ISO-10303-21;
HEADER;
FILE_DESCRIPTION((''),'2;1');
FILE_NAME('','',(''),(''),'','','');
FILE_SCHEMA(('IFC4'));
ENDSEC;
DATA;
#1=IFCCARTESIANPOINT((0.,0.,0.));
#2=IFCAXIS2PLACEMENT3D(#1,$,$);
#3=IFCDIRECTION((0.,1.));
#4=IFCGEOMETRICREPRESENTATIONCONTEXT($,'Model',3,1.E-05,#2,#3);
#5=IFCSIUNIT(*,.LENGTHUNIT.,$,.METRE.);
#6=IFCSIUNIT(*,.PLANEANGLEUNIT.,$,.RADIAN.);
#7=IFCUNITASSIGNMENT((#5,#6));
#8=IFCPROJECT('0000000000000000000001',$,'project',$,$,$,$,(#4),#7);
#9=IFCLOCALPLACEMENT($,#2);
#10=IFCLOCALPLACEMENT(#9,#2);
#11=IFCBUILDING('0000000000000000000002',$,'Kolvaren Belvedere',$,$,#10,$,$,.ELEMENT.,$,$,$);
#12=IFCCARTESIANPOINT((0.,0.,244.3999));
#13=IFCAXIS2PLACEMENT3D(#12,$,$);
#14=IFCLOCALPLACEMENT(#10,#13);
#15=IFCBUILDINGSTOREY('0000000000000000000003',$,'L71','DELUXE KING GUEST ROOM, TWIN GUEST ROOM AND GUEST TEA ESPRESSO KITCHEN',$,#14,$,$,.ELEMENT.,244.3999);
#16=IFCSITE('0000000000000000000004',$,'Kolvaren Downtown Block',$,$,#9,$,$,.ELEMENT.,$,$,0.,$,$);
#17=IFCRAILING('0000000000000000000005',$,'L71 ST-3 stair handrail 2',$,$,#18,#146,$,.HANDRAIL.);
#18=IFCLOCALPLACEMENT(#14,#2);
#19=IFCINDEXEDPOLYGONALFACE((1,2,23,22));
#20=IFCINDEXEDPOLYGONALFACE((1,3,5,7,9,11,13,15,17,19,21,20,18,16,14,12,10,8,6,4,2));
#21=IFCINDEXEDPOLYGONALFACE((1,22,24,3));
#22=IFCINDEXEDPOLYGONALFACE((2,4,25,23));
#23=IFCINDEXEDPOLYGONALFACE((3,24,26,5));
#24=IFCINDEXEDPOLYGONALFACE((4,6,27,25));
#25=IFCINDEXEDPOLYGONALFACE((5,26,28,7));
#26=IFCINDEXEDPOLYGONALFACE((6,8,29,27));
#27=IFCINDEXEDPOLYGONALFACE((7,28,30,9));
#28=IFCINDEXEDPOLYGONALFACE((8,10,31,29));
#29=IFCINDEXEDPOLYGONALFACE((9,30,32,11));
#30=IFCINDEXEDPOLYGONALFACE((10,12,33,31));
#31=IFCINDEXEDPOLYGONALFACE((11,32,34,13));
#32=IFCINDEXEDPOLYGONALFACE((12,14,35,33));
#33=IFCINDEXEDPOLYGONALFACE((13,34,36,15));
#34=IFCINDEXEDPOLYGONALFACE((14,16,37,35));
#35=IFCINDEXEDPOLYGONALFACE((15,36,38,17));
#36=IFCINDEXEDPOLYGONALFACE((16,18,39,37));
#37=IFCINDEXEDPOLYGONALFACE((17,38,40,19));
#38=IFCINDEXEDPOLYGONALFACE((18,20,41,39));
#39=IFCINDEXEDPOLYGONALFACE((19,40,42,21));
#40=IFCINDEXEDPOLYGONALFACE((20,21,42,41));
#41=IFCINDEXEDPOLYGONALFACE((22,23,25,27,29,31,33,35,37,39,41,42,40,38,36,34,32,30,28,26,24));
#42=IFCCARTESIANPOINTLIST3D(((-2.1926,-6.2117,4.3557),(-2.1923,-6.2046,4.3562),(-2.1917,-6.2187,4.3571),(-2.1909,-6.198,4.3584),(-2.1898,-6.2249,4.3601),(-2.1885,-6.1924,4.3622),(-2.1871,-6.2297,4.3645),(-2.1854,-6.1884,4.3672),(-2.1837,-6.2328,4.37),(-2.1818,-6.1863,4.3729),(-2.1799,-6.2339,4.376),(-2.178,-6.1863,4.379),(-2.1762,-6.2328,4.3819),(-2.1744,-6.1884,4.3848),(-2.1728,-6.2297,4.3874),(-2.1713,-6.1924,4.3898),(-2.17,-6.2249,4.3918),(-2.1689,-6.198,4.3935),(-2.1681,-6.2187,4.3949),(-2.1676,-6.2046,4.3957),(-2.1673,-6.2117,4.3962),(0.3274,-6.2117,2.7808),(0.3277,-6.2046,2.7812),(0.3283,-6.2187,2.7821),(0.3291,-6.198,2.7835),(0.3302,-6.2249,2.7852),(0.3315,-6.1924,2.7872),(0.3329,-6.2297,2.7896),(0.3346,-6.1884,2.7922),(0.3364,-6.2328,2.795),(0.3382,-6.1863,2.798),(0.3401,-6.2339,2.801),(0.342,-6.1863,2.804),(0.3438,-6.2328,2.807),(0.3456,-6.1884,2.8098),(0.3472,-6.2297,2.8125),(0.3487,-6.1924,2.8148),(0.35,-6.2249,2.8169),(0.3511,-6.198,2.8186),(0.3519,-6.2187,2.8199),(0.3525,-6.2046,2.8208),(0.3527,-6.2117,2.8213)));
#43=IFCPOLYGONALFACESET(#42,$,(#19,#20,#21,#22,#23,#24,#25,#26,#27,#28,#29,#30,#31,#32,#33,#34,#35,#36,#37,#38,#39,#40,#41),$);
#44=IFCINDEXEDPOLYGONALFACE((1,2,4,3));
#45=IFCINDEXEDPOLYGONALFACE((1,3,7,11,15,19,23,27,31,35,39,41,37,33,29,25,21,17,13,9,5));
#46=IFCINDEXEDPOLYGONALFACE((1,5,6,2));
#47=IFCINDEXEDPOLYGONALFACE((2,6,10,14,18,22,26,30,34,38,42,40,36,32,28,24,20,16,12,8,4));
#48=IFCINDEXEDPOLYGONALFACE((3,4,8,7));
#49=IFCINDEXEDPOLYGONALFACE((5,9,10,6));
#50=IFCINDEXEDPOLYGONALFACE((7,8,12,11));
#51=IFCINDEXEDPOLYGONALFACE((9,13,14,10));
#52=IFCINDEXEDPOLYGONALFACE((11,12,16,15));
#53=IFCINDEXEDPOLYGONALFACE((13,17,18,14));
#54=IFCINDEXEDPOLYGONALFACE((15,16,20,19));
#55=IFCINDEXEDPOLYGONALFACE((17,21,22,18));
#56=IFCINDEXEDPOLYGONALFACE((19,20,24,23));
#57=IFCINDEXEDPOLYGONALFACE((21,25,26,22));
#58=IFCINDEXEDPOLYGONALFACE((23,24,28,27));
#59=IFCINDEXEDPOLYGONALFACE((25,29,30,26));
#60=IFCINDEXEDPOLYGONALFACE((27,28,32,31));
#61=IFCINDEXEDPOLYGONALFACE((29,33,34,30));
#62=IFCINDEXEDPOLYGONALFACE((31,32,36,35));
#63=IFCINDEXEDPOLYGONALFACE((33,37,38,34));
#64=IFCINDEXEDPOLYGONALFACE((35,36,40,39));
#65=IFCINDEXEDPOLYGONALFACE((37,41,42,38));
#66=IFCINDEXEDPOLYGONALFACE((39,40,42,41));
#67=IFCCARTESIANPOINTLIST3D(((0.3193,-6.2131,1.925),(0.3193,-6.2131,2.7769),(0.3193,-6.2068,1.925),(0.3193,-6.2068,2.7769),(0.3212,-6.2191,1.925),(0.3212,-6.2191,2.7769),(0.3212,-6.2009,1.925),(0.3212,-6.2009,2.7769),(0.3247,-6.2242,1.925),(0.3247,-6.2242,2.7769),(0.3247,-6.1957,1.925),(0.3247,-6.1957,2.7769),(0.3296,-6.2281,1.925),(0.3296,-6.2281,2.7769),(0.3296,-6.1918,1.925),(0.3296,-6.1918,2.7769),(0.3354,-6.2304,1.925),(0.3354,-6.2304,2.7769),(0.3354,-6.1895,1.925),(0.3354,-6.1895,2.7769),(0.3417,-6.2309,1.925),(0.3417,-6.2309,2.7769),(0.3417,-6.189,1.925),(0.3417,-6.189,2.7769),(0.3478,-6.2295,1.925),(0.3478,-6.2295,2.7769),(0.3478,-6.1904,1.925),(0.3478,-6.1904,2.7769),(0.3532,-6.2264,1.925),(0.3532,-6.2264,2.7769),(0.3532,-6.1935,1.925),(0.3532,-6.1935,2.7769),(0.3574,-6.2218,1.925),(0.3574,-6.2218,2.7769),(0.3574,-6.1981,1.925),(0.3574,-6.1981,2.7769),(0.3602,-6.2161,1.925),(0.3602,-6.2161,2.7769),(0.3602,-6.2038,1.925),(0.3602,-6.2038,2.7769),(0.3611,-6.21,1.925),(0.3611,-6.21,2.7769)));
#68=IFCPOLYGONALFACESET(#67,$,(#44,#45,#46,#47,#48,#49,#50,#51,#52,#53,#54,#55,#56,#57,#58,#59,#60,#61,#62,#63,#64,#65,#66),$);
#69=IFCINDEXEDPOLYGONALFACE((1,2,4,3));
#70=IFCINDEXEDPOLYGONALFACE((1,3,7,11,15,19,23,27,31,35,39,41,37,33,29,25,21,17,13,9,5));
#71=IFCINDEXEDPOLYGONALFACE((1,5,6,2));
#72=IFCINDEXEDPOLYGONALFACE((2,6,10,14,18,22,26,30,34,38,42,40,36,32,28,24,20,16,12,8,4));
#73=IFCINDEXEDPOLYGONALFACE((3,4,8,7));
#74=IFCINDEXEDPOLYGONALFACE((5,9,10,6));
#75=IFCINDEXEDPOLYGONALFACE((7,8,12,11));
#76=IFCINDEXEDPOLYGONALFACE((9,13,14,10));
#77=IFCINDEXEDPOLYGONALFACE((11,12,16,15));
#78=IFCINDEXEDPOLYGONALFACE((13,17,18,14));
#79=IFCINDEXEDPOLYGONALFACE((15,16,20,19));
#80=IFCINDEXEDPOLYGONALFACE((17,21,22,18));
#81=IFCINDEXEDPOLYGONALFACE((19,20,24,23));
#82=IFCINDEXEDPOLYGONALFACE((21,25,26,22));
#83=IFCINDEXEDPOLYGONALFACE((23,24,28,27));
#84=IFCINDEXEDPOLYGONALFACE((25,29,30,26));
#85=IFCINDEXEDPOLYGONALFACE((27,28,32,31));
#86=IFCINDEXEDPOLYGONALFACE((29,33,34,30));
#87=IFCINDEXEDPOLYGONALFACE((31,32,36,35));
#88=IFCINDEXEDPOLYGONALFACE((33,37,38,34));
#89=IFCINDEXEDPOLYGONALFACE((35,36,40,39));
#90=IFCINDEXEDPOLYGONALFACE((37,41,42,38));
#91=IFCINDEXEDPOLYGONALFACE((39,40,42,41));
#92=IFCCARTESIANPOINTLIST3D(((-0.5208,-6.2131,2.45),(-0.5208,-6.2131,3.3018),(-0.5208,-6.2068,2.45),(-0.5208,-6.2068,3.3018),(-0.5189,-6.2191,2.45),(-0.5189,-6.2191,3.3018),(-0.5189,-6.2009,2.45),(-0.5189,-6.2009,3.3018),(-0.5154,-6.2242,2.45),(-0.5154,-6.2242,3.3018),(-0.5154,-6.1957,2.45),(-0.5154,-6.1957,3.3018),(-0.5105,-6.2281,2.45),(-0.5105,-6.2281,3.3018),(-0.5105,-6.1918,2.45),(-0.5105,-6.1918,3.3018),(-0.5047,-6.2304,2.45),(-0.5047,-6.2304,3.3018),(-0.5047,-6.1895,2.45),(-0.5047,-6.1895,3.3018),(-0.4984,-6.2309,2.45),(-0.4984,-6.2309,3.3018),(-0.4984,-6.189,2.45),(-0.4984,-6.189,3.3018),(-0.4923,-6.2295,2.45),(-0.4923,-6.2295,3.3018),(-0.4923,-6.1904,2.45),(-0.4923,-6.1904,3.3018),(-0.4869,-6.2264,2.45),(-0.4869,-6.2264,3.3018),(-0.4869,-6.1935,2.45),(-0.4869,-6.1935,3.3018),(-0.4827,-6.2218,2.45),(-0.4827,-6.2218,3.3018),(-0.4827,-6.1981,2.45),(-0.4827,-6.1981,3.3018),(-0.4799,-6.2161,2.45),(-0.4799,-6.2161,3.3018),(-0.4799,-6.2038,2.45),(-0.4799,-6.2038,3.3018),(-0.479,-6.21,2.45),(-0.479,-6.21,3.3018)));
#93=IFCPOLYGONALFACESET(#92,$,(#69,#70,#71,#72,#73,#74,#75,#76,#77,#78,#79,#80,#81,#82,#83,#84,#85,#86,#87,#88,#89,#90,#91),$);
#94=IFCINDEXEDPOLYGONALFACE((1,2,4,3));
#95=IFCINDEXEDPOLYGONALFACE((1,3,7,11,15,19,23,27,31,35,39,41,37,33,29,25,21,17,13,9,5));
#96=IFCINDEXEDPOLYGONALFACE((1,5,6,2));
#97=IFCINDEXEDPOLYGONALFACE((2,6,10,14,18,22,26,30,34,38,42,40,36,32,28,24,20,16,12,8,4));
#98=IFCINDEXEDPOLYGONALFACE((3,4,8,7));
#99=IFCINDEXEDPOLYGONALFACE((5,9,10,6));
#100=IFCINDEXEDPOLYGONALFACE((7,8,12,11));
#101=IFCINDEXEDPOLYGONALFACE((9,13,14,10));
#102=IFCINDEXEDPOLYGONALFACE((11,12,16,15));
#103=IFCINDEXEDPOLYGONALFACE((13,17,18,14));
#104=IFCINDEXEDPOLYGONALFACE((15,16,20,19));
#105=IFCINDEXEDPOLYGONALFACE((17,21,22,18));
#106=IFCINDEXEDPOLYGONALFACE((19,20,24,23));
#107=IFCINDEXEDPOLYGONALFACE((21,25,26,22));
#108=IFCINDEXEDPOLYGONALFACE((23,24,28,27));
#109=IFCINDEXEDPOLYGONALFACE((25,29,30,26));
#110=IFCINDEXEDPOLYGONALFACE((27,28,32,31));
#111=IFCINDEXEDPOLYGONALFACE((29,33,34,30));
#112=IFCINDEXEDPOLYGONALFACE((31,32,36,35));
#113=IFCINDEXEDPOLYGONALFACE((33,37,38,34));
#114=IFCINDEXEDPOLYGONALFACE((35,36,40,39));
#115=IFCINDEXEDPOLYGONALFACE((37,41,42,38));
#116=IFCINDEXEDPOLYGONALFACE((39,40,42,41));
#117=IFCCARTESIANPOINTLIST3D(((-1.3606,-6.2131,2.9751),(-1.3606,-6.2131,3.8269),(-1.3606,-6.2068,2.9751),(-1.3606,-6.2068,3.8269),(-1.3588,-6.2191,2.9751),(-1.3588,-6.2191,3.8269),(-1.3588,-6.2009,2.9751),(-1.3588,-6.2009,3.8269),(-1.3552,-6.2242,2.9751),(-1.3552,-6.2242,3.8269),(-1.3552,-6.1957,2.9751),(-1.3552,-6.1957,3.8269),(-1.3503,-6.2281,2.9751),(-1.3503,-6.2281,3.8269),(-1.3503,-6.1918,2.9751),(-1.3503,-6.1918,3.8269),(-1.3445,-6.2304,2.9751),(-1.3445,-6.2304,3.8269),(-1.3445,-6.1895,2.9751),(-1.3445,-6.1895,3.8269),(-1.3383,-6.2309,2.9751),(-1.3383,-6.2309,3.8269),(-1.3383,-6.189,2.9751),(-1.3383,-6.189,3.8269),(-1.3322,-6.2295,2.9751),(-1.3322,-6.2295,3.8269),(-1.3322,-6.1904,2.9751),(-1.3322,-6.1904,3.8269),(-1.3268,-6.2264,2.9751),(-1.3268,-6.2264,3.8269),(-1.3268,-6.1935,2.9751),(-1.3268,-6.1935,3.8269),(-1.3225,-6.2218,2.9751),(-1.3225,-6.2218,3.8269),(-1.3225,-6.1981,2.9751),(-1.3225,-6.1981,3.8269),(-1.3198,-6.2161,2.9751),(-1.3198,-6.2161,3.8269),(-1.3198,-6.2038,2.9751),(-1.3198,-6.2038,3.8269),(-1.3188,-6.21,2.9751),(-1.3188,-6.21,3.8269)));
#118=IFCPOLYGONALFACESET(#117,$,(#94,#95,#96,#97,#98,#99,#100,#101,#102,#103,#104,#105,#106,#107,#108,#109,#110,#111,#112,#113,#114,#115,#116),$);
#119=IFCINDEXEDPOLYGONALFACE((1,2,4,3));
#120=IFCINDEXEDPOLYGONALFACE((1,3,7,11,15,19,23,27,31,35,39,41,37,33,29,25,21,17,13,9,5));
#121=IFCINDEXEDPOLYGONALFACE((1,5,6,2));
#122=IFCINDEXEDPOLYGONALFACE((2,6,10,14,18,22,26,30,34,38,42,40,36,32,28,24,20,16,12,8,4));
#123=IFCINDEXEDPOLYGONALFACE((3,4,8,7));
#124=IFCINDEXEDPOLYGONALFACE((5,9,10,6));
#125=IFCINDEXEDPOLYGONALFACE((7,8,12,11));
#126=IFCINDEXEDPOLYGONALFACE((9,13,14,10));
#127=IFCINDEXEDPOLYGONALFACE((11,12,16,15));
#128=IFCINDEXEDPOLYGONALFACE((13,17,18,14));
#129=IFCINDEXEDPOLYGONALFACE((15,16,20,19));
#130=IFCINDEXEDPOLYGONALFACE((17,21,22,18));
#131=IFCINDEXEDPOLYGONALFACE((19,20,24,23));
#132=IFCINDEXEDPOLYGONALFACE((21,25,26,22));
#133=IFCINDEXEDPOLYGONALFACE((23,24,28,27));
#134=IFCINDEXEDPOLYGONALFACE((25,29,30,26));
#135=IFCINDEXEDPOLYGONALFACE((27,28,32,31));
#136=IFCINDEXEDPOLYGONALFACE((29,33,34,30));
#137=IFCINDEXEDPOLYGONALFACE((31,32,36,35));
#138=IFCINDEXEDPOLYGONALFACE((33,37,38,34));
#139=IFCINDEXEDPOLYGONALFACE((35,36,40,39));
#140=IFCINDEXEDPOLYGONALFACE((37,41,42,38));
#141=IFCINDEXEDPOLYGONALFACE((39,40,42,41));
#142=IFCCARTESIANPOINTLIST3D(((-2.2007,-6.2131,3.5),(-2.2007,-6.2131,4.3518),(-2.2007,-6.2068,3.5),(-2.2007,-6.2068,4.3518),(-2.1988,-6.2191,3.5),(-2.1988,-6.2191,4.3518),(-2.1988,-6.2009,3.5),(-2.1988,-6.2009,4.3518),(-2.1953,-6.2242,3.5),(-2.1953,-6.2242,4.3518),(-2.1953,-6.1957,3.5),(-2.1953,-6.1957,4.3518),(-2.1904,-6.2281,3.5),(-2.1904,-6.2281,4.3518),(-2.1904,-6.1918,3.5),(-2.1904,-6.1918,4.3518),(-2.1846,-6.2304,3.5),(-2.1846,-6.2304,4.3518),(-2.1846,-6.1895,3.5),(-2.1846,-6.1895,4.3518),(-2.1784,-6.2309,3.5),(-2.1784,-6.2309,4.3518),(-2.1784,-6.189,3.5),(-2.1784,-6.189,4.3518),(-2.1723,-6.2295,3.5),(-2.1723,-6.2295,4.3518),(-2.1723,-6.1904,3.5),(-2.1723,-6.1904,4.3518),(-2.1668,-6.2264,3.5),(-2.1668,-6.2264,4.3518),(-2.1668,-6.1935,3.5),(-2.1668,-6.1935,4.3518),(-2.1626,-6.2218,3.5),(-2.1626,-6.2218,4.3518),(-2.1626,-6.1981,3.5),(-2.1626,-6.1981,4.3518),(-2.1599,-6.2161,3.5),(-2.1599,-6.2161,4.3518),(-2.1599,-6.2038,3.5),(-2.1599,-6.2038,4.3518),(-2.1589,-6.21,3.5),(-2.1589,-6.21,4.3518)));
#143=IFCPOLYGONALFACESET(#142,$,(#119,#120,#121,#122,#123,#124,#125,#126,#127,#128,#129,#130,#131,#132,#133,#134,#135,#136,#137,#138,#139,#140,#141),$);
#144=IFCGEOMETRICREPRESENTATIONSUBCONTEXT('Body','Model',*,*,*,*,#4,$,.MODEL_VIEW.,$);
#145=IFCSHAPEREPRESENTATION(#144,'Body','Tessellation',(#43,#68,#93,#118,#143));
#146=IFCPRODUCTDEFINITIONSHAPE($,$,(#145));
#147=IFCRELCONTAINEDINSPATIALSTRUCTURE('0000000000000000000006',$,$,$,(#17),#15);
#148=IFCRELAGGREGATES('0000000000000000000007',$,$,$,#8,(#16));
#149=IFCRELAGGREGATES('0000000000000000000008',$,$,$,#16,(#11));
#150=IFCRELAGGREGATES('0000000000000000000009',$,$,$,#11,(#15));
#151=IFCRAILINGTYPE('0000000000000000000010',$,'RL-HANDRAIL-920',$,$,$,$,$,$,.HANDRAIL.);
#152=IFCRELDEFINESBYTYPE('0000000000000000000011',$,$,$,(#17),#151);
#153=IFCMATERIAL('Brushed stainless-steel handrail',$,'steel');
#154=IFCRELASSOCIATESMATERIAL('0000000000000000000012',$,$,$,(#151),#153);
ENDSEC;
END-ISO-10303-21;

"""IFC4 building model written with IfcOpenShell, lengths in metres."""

from ifc_helpers import new_model, si_unit, direction, frame, origin, origin_2d, place, context, subcontext, project, spatial, circle, extrude, material, type_object, element, save


model = new_model("IFC4")

# Units and contexts
model_context = context("Model", 3, precision=1e-05, world=origin(), true_north=direction((0.0, 1.0)))
body_context = subcontext(model_context, "Body", "Model", "MODEL_VIEW")
ifc_project = project(units=[si_unit("LENGTHUNIT", "METRE"), si_unit("PLANEANGLEUNIT", "RADIAN")], contexts=[model_context])

# Site, building, storey
site_placement = place(None, origin())
site = spatial("IfcSite", under=ifc_project, at=site_placement, Name="Kolvaren Downtown Block", CompositionType="ELEMENT", RefElevation=0.0)
building_placement = place(site_placement, origin())
building = spatial("IfcBuilding", under=site, at=building_placement, Name="Kolvaren Belvedere", CompositionType="ELEMENT")
storey_placement = place(building_placement, frame((0.0, 0.0, 244.3999)))
storey = spatial("IfcBuildingStorey", under=building, at=storey_placement, Name="L71", Description="DELUXE KING GUEST ROOM, TWIN GUEST ROOM AND GUEST TEA ESPRESSO KITCHEN", CompositionType="ELEMENT", Elevation=244.3999)

# Railing
ifc_material_1 = material(Name="Brushed stainless-steel handrail", Category="steel")
railing_type_1 = type_object("IfcRailingType", Name="RL-HANDRAIL-920", PredefinedType="HANDRAIL", material=ifc_material_1)
railing_1_placement = place(storey_placement, frame((0.3401, -6.21, 1.925)))
element("IfcRailing", 1, at=railing_1_placement, inside=storey, type_object=railing_type_1, Name="L71 ST-3 stair handrail 2", PredefinedType="HANDRAIL", context=body_context, shape_type="SweptSolid", body=[
    extrude(circle(Radius=0.0239, at=origin_2d()), frame((0.0, 0.0, 0.876), z_axis=(-0.848008, 0.0, 0.529984), x_axis=(0.0, -1.0, 0.0)), (0.0, 0.0, 1.0), 2.9717),
    extrude(circle(Radius=0.021, at=origin_2d()), origin(), (0.0, 0.0, 1.0), 0.8518),
    extrude(circle(Radius=0.021, at=origin_2d()), frame((-0.8401, 0.0, 0.5249)), (0.0, 0.0, 1.0), 0.8518),
    extrude(circle(Radius=0.021, at=origin_2d()), frame((-1.6799, 0.0, 1.05)), (0.0, 0.0, 1.0), 0.8518),
    extrude(circle(Radius=0.021, at=origin_2d()), frame((-2.52, 0.0, 1.575)), (0.0, 0.0, 1.0), 0.8518),
])

save(model, "model.ifc")
